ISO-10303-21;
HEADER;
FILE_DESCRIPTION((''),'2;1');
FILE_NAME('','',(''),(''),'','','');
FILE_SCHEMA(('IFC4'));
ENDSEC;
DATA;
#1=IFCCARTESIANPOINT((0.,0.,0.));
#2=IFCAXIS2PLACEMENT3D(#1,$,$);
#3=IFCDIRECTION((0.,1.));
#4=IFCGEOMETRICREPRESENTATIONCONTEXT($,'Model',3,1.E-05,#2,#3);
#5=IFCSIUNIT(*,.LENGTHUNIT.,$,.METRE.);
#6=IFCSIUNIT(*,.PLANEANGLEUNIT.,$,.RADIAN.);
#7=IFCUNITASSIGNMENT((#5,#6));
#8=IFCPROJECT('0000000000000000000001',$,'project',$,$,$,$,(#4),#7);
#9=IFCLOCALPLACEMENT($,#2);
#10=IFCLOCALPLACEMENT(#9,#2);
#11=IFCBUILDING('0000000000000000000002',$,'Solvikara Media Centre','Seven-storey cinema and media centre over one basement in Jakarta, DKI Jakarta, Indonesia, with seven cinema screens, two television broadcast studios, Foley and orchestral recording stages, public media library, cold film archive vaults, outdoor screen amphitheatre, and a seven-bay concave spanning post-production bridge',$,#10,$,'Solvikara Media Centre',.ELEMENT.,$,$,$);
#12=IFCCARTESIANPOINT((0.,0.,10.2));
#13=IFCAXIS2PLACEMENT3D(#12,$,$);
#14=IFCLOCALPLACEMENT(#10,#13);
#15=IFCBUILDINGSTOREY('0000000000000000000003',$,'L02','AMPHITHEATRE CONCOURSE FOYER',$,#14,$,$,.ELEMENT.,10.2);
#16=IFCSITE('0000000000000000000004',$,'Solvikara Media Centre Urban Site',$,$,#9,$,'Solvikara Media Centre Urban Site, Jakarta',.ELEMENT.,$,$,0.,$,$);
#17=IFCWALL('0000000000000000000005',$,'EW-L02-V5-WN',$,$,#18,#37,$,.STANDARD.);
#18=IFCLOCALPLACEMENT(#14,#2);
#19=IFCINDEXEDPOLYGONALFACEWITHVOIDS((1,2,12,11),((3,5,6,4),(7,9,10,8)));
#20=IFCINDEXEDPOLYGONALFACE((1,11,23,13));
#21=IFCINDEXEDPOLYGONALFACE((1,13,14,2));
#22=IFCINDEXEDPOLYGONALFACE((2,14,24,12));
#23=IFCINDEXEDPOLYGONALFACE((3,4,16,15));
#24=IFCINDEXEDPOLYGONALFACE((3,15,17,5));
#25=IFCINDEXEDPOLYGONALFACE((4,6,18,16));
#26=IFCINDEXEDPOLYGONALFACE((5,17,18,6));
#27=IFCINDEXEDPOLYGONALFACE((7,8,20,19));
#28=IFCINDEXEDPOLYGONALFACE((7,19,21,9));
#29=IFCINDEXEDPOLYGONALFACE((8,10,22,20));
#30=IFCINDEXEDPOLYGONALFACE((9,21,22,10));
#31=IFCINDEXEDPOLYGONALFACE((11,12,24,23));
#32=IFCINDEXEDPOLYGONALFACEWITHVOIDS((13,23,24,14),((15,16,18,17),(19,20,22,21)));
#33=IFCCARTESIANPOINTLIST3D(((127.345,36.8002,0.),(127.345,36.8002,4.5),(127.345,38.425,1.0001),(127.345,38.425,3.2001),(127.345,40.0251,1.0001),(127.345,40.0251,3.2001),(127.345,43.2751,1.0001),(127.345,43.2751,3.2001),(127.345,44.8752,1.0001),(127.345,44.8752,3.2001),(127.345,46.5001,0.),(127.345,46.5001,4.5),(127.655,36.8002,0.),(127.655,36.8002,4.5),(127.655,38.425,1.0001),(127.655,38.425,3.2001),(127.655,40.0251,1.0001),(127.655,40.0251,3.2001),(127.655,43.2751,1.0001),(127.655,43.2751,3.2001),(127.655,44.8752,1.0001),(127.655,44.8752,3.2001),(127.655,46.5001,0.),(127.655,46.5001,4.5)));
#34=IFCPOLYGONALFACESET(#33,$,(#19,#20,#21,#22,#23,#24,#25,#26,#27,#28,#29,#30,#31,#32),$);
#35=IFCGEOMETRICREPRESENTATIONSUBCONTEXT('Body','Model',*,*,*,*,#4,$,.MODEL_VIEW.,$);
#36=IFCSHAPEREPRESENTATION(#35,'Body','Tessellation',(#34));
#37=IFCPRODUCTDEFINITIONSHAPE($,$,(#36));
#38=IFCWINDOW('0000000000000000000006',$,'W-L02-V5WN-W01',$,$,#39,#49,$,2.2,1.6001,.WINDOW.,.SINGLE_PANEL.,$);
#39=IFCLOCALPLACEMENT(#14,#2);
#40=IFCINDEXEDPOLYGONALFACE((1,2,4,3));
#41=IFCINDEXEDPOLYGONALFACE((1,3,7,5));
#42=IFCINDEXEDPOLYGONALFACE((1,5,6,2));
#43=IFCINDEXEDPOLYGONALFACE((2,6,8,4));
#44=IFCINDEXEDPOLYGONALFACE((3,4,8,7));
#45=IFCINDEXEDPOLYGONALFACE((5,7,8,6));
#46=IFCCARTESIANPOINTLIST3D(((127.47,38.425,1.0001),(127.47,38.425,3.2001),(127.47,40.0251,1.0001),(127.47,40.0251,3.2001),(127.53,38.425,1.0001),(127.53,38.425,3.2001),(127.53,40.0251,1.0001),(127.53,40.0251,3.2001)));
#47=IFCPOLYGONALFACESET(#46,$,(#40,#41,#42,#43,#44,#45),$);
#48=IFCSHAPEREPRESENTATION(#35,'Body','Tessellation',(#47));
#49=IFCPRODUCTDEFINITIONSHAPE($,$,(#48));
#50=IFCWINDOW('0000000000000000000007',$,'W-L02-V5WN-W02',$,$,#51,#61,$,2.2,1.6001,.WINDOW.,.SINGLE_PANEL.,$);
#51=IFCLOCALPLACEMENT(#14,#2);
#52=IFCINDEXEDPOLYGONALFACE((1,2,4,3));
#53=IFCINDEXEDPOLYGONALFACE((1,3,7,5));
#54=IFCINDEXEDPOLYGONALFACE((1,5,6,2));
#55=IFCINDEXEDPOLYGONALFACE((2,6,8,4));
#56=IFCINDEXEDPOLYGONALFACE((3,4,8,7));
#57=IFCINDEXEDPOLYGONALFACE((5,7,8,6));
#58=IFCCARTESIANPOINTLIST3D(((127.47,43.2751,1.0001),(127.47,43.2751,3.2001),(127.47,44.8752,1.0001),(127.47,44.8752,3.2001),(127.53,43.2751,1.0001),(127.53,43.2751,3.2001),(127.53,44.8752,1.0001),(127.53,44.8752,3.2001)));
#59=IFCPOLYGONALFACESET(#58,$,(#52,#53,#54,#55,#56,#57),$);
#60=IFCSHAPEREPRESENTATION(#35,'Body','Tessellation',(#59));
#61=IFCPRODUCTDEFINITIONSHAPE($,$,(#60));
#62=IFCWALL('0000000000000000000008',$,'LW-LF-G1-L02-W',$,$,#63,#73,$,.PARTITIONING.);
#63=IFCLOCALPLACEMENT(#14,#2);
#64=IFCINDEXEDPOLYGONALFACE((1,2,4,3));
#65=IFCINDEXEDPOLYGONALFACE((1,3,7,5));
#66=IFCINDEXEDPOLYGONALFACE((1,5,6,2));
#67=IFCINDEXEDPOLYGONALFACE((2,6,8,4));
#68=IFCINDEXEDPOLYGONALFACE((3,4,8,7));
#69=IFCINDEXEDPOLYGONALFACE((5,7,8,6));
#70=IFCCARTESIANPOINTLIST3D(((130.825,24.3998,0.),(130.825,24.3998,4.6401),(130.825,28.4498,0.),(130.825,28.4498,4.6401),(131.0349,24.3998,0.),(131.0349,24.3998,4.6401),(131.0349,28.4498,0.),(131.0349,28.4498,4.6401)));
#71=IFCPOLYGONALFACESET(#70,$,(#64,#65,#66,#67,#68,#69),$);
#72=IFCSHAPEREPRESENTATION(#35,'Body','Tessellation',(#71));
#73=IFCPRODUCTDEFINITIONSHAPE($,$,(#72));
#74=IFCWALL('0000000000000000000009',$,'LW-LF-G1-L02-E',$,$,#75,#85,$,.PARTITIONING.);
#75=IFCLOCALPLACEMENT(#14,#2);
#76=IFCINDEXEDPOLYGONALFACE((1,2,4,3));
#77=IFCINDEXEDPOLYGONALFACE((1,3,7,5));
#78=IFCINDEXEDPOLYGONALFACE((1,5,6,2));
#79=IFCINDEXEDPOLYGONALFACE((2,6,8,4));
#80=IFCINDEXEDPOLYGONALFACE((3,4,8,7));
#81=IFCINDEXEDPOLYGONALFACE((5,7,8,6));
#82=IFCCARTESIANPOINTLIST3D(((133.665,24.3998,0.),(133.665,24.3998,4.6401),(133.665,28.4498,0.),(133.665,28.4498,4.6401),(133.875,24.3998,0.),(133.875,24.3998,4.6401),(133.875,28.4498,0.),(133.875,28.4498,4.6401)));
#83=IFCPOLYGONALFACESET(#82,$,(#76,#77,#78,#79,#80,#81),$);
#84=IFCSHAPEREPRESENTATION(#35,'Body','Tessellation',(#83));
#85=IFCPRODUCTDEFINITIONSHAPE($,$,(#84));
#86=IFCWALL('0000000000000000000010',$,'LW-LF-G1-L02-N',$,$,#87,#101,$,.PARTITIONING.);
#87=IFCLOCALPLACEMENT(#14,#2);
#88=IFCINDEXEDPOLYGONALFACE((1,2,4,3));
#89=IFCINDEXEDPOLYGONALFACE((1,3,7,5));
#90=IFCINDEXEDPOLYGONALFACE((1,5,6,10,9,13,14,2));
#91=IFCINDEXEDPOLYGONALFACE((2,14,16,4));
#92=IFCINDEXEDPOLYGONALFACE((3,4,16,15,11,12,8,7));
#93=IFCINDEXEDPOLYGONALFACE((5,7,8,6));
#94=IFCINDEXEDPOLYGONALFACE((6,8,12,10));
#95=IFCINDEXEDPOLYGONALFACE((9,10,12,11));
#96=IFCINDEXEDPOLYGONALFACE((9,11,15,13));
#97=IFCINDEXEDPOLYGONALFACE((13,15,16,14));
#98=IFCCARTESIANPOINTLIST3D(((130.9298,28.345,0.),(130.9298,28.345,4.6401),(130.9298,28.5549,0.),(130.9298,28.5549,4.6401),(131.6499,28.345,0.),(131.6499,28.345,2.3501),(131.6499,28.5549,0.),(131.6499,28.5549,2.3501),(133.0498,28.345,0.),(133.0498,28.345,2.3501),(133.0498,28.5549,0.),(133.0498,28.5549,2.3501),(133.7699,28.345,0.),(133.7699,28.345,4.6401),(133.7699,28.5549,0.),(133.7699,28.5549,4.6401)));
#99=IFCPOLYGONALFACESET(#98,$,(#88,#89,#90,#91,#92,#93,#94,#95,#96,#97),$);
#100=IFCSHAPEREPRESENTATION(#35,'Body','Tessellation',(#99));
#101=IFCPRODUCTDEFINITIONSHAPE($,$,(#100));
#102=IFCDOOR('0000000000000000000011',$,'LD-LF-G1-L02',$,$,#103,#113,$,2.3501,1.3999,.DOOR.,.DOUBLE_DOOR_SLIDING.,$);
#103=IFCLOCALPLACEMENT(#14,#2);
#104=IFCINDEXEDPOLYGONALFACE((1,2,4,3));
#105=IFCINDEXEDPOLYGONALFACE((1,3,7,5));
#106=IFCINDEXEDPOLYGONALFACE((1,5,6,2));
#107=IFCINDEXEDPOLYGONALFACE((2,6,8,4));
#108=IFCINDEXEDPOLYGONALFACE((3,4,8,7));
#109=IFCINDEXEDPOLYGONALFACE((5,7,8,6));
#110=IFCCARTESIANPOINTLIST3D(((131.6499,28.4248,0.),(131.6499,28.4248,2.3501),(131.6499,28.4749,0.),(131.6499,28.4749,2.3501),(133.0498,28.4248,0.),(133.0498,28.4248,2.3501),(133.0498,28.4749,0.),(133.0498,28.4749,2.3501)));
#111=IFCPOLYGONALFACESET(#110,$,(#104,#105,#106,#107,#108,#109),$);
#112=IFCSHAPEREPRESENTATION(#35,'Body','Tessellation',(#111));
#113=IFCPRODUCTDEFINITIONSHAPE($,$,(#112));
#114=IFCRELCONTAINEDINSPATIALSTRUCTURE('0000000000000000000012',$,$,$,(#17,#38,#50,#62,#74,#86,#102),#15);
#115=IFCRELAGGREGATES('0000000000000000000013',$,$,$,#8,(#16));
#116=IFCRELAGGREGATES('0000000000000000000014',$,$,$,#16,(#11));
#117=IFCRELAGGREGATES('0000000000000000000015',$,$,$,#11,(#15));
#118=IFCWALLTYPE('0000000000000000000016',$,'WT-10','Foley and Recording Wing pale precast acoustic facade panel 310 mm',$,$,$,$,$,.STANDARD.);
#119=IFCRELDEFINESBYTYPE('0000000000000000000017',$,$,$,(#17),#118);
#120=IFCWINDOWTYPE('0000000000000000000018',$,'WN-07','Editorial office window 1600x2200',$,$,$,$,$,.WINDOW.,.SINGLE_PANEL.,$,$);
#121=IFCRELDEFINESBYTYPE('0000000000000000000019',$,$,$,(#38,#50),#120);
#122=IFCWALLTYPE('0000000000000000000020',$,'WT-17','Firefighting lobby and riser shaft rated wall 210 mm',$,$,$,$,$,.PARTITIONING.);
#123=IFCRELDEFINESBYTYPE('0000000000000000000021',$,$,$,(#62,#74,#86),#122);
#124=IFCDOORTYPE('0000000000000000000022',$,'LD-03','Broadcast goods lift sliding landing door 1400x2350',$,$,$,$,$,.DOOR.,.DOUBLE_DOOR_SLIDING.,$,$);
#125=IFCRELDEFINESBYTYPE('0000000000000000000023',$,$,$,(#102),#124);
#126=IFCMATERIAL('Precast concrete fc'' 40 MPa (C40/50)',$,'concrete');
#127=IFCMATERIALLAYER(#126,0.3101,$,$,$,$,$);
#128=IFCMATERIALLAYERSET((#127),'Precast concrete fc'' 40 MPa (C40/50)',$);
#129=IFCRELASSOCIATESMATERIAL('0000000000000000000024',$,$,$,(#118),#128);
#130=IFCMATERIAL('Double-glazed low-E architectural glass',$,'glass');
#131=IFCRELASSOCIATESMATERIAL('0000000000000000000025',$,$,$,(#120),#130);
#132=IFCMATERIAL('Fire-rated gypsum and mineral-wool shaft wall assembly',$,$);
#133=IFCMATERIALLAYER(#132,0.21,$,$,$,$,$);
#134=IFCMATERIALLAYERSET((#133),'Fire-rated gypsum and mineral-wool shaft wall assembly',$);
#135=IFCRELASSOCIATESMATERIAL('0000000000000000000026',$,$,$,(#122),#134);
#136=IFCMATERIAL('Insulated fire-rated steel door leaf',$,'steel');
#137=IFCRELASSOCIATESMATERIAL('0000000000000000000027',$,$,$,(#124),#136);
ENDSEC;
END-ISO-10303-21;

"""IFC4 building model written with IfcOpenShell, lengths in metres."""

from ifc_helpers import new_model, si_unit, direction, frame, frame_2d, origin, place, context, subcontext, project, spatial, rectangle, extrude, material, layer, layer_set, type_object, element, fill, save


model = new_model("IFC4")

# Units and contexts
model_context = context("Model", 3, precision=1e-05, world=origin(), true_north=direction((0.0, 1.0)))
body_context = subcontext(model_context, "Body", "Model", "MODEL_VIEW")
ifc_project = project(units=[si_unit("LENGTHUNIT", "METRE"), si_unit("PLANEANGLEUNIT", "RADIAN")], contexts=[model_context])

# Site, building, storey
site_placement = place(None, origin())
site = spatial("IfcSite", under=ifc_project, at=site_placement, Name="Solvikara Media Centre Urban Site", LongName="Solvikara Media Centre Urban Site, Jakarta", CompositionType="ELEMENT", RefElevation=0.0)
building_placement = place(site_placement, origin())
building = spatial("IfcBuilding", under=site, at=building_placement, Name="Solvikara Media Centre", Description="Seven-storey cinema and media centre over one basement in Jakarta, DKI Jakarta, Indonesia, with seven cinema screens, two television broadcast studios, Foley and orchestral recording stages, public media library, cold film archive vaults, outdoor screen amphitheatre, and a seven-bay concave spanning post-production bridge", LongName="Solvikara Media Centre", CompositionType="ELEMENT")
storey_placement = place(building_placement, frame((0.0, 0.0, 10.2)))
storey = spatial("IfcBuildingStorey", under=building, at=storey_placement, Name="L02", Description="AMPHITHEATRE CONCOURSE FOYER", CompositionType="ELEMENT", Elevation=10.2)

# Shared definitions
ifc_material_1 = material(Name="Insulated fire-rated steel door leaf", Category="steel")

# Wall, openings, windows
ifc_material_2 = material(Name="Precast concrete fc' 40 MPa (C40/50)", Category="concrete")
ifc_layer_1 = layer(ifc_material_2, 0.3101)
ifc_layer_set_1 = layer_set([ifc_layer_1], Name="Precast concrete fc' 40 MPa (C40/50)")
wall_type_1 = type_object("IfcWallType", Name="WT-10", Description="Foley and Recording Wing pale precast acoustic facade panel 310 mm", PredefinedType="STANDARD", material=ifc_layer_set_1)
wall_1_placement = place(storey_placement, frame((127.5, 36.8, 0.0), z_axis=(0.0, 0.0, 1.0), x_axis=(0.0, 1.0, 0.0)))
wall_1 = element("IfcWall", 1, at=wall_1_placement, inside=storey, type_object=wall_type_1, Name="EW-L02-V5-WN", PredefinedType="STANDARD", context=body_context, shape_type="SweptSolid", body=[
    extrude(rectangle(XDim=9.7, YDim=0.3101, at=frame_2d((4.8501, 0.0))), origin(), (0.0, 0.0, 1.0), 4.5),
])
opening_1_placement = place(wall_1_placement, frame((1.625, 0.0, 1.0)))
opening_1 = element("IfcOpeningElement", 2, at=opening_1_placement, cuts=wall_1, PredefinedType="OPENING", context=body_context, shape_type="SweptSolid", body=[
    extrude(rectangle(XDim=1.6001, YDim=2.2, at=frame_2d((0.8, 1.1001))), frame((0.0, 0.167, 0.0), z_axis=(0.0, -1.0, 0.0), x_axis=(1.0, 0.0, 0.0)), (0.0, 0.0, 1.0), 0.334),
])
opening_2_placement = place(wall_1_placement, frame((6.4751, 0.0, 1.0)))
opening_2 = element("IfcOpeningElement", 3, at=opening_2_placement, cuts=wall_1, PredefinedType="OPENING", context=body_context, shape_type="SweptSolid", body=[
    extrude(rectangle(XDim=1.6001, YDim=2.2, at=frame_2d((0.8, 1.1001))), frame((0.0, 0.167, 0.0), z_axis=(0.0, -1.0, 0.0), x_axis=(1.0, 0.0, 0.0)), (0.0, 0.0, 1.0), 0.334),
])
ifc_material_3 = material(Name="Double-glazed low-E architectural glass", Category="glass")
window_type = type_object("IfcWindowType", Name="WN-07", Description="Editorial office window 1600x2200", PartitioningType="SINGLE_PANEL", PredefinedType="WINDOW", material=ifc_material_3)
window_1_placement = place(opening_1_placement, origin())
window_1 = element("IfcWindow", 4, at=window_1_placement, inside=storey, type_object=window_type, Name="W-L02-V5WN-W01", OverallHeight=2.2, OverallWidth=1.6001, PartitioningType="SINGLE_PANEL", PredefinedType="WINDOW", context=body_context, shape_type="SweptSolid", body=[
    extrude(rectangle(XDim=1.6001, YDim=2.2, at=frame_2d((0.8, 1.1001))), frame((0.0, 0.03, 0.0), z_axis=(0.0, -1.0, 0.0), x_axis=(1.0, 0.0, 0.0)), (0.0, 0.0, 1.0), 0.0601),
])
fill(opening_1, window_1)
window_2_placement = place(opening_2_placement, origin())
window_2 = element("IfcWindow", 5, at=window_2_placement, inside=storey, type_object=window_type, Name="W-L02-V5WN-W02", OverallHeight=2.2, OverallWidth=1.6001, PartitioningType="SINGLE_PANEL", PredefinedType="WINDOW", context=body_context, shape_type="SweptSolid", body=[
    extrude(rectangle(XDim=1.6001, YDim=2.2, at=frame_2d((0.8, 1.1001))), frame((0.0, 0.03, 0.0), z_axis=(0.0, -1.0, 0.0), x_axis=(1.0, 0.0, 0.0)), (0.0, 0.0, 1.0), 0.0601),
])
fill(opening_2, window_2)

# Walls
ifc_material_4 = material(Name="Fire-rated gypsum and mineral-wool shaft wall assembly")
ifc_layer_2 = layer(ifc_material_4, 0.21)
ifc_layer_set_2 = layer_set([ifc_layer_2], Name="Fire-rated gypsum and mineral-wool shaft wall assembly")
wall_type_2 = type_object("IfcWallType", Name="WT-17", Description="Firefighting lobby and riser shaft rated wall 210 mm", PredefinedType="PARTITIONING", material=ifc_layer_set_2)
for number, where, z_axis, x_axis, name in (
    (6, (130.9299, 24.3999, 0.0), (0.0, 0.0, 1.0), (0.0, 1.0, 0.0), "LW-LF-G1-L02-W"),
    (7, (133.77, 24.3999, 0.0), (0.0, 0.0, 1.0), (0.0, 1.0, 0.0), "LW-LF-G1-L02-E"),
):
    element("IfcWall", number, at=place(storey_placement, frame(where, z_axis=z_axis, x_axis=x_axis)), inside=storey, type_object=wall_type_2, Name=name, PredefinedType="PARTITIONING", context=body_context, shape_type="SweptSolid", body=[
        extrude(rectangle(XDim=4.05, YDim=0.21, at=frame_2d((2.0249, 0.0))), origin(), (0.0, 0.0, 1.0), 4.6401),
    ])

# Wall, opening, door
wall_2_placement = place(storey_placement, frame((130.9299, 28.45, 0.0), z_axis=(0.0, 0.0, 1.0), x_axis=(1.0, 0.0, 0.0)))
wall_2 = element("IfcWall", 8, at=wall_2_placement, inside=storey, type_object=wall_type_2, Name="LW-LF-G1-L02-N", PredefinedType="PARTITIONING", context=body_context, shape_type="SweptSolid", body=[
    extrude(rectangle(XDim=2.8401, YDim=0.21, at=frame_2d((1.4199, 0.0))), origin(), (0.0, 0.0, 1.0), 4.6401),
])
opening_3_placement = place(wall_2_placement, frame((0.72, 0.0, 0.0)))
opening_3 = element("IfcOpeningElement", 9, at=opening_3_placement, cuts=wall_2, PredefinedType="OPENING", context=body_context, shape_type="SweptSolid", body=[
    extrude(rectangle(XDim=1.3999, YDim=2.3501, at=frame_2d((0.7, 1.175))), frame((0.0, 0.1169, 0.0), z_axis=(0.0, -1.0, 0.0), x_axis=(1.0, 0.0, 0.0)), (0.0, 0.0, 1.0), 0.2339),
])
door_type_1 = type_object("IfcDoorType", Name="LD-03", Description="Broadcast goods lift sliding landing door 1400x2350", OperationType="DOUBLE_DOOR_SLIDING", PredefinedType="DOOR", material=ifc_material_1)
door_1_placement = place(opening_3_placement, origin())
door_1 = element("IfcDoor", 10, at=door_1_placement, inside=storey, type_object=door_type_1, Name="LD-LF-G1-L02", OperationType="DOUBLE_DOOR_SLIDING", OverallHeight=2.3501, OverallWidth=1.3999, PredefinedType="DOOR", context=body_context, shape_type="SweptSolid", body=[
    extrude(rectangle(XDim=1.3999, YDim=2.3501, at=frame_2d((0.7, 1.175))), frame((0.0, 0.0249, 0.0), z_axis=(0.0, -1.0, 0.0), x_axis=(1.0, 0.0, 0.0)), (0.0, 0.0, 1.0), 0.05),
])
fill(opening_3, door_1)

save(model, "model.ifc")
